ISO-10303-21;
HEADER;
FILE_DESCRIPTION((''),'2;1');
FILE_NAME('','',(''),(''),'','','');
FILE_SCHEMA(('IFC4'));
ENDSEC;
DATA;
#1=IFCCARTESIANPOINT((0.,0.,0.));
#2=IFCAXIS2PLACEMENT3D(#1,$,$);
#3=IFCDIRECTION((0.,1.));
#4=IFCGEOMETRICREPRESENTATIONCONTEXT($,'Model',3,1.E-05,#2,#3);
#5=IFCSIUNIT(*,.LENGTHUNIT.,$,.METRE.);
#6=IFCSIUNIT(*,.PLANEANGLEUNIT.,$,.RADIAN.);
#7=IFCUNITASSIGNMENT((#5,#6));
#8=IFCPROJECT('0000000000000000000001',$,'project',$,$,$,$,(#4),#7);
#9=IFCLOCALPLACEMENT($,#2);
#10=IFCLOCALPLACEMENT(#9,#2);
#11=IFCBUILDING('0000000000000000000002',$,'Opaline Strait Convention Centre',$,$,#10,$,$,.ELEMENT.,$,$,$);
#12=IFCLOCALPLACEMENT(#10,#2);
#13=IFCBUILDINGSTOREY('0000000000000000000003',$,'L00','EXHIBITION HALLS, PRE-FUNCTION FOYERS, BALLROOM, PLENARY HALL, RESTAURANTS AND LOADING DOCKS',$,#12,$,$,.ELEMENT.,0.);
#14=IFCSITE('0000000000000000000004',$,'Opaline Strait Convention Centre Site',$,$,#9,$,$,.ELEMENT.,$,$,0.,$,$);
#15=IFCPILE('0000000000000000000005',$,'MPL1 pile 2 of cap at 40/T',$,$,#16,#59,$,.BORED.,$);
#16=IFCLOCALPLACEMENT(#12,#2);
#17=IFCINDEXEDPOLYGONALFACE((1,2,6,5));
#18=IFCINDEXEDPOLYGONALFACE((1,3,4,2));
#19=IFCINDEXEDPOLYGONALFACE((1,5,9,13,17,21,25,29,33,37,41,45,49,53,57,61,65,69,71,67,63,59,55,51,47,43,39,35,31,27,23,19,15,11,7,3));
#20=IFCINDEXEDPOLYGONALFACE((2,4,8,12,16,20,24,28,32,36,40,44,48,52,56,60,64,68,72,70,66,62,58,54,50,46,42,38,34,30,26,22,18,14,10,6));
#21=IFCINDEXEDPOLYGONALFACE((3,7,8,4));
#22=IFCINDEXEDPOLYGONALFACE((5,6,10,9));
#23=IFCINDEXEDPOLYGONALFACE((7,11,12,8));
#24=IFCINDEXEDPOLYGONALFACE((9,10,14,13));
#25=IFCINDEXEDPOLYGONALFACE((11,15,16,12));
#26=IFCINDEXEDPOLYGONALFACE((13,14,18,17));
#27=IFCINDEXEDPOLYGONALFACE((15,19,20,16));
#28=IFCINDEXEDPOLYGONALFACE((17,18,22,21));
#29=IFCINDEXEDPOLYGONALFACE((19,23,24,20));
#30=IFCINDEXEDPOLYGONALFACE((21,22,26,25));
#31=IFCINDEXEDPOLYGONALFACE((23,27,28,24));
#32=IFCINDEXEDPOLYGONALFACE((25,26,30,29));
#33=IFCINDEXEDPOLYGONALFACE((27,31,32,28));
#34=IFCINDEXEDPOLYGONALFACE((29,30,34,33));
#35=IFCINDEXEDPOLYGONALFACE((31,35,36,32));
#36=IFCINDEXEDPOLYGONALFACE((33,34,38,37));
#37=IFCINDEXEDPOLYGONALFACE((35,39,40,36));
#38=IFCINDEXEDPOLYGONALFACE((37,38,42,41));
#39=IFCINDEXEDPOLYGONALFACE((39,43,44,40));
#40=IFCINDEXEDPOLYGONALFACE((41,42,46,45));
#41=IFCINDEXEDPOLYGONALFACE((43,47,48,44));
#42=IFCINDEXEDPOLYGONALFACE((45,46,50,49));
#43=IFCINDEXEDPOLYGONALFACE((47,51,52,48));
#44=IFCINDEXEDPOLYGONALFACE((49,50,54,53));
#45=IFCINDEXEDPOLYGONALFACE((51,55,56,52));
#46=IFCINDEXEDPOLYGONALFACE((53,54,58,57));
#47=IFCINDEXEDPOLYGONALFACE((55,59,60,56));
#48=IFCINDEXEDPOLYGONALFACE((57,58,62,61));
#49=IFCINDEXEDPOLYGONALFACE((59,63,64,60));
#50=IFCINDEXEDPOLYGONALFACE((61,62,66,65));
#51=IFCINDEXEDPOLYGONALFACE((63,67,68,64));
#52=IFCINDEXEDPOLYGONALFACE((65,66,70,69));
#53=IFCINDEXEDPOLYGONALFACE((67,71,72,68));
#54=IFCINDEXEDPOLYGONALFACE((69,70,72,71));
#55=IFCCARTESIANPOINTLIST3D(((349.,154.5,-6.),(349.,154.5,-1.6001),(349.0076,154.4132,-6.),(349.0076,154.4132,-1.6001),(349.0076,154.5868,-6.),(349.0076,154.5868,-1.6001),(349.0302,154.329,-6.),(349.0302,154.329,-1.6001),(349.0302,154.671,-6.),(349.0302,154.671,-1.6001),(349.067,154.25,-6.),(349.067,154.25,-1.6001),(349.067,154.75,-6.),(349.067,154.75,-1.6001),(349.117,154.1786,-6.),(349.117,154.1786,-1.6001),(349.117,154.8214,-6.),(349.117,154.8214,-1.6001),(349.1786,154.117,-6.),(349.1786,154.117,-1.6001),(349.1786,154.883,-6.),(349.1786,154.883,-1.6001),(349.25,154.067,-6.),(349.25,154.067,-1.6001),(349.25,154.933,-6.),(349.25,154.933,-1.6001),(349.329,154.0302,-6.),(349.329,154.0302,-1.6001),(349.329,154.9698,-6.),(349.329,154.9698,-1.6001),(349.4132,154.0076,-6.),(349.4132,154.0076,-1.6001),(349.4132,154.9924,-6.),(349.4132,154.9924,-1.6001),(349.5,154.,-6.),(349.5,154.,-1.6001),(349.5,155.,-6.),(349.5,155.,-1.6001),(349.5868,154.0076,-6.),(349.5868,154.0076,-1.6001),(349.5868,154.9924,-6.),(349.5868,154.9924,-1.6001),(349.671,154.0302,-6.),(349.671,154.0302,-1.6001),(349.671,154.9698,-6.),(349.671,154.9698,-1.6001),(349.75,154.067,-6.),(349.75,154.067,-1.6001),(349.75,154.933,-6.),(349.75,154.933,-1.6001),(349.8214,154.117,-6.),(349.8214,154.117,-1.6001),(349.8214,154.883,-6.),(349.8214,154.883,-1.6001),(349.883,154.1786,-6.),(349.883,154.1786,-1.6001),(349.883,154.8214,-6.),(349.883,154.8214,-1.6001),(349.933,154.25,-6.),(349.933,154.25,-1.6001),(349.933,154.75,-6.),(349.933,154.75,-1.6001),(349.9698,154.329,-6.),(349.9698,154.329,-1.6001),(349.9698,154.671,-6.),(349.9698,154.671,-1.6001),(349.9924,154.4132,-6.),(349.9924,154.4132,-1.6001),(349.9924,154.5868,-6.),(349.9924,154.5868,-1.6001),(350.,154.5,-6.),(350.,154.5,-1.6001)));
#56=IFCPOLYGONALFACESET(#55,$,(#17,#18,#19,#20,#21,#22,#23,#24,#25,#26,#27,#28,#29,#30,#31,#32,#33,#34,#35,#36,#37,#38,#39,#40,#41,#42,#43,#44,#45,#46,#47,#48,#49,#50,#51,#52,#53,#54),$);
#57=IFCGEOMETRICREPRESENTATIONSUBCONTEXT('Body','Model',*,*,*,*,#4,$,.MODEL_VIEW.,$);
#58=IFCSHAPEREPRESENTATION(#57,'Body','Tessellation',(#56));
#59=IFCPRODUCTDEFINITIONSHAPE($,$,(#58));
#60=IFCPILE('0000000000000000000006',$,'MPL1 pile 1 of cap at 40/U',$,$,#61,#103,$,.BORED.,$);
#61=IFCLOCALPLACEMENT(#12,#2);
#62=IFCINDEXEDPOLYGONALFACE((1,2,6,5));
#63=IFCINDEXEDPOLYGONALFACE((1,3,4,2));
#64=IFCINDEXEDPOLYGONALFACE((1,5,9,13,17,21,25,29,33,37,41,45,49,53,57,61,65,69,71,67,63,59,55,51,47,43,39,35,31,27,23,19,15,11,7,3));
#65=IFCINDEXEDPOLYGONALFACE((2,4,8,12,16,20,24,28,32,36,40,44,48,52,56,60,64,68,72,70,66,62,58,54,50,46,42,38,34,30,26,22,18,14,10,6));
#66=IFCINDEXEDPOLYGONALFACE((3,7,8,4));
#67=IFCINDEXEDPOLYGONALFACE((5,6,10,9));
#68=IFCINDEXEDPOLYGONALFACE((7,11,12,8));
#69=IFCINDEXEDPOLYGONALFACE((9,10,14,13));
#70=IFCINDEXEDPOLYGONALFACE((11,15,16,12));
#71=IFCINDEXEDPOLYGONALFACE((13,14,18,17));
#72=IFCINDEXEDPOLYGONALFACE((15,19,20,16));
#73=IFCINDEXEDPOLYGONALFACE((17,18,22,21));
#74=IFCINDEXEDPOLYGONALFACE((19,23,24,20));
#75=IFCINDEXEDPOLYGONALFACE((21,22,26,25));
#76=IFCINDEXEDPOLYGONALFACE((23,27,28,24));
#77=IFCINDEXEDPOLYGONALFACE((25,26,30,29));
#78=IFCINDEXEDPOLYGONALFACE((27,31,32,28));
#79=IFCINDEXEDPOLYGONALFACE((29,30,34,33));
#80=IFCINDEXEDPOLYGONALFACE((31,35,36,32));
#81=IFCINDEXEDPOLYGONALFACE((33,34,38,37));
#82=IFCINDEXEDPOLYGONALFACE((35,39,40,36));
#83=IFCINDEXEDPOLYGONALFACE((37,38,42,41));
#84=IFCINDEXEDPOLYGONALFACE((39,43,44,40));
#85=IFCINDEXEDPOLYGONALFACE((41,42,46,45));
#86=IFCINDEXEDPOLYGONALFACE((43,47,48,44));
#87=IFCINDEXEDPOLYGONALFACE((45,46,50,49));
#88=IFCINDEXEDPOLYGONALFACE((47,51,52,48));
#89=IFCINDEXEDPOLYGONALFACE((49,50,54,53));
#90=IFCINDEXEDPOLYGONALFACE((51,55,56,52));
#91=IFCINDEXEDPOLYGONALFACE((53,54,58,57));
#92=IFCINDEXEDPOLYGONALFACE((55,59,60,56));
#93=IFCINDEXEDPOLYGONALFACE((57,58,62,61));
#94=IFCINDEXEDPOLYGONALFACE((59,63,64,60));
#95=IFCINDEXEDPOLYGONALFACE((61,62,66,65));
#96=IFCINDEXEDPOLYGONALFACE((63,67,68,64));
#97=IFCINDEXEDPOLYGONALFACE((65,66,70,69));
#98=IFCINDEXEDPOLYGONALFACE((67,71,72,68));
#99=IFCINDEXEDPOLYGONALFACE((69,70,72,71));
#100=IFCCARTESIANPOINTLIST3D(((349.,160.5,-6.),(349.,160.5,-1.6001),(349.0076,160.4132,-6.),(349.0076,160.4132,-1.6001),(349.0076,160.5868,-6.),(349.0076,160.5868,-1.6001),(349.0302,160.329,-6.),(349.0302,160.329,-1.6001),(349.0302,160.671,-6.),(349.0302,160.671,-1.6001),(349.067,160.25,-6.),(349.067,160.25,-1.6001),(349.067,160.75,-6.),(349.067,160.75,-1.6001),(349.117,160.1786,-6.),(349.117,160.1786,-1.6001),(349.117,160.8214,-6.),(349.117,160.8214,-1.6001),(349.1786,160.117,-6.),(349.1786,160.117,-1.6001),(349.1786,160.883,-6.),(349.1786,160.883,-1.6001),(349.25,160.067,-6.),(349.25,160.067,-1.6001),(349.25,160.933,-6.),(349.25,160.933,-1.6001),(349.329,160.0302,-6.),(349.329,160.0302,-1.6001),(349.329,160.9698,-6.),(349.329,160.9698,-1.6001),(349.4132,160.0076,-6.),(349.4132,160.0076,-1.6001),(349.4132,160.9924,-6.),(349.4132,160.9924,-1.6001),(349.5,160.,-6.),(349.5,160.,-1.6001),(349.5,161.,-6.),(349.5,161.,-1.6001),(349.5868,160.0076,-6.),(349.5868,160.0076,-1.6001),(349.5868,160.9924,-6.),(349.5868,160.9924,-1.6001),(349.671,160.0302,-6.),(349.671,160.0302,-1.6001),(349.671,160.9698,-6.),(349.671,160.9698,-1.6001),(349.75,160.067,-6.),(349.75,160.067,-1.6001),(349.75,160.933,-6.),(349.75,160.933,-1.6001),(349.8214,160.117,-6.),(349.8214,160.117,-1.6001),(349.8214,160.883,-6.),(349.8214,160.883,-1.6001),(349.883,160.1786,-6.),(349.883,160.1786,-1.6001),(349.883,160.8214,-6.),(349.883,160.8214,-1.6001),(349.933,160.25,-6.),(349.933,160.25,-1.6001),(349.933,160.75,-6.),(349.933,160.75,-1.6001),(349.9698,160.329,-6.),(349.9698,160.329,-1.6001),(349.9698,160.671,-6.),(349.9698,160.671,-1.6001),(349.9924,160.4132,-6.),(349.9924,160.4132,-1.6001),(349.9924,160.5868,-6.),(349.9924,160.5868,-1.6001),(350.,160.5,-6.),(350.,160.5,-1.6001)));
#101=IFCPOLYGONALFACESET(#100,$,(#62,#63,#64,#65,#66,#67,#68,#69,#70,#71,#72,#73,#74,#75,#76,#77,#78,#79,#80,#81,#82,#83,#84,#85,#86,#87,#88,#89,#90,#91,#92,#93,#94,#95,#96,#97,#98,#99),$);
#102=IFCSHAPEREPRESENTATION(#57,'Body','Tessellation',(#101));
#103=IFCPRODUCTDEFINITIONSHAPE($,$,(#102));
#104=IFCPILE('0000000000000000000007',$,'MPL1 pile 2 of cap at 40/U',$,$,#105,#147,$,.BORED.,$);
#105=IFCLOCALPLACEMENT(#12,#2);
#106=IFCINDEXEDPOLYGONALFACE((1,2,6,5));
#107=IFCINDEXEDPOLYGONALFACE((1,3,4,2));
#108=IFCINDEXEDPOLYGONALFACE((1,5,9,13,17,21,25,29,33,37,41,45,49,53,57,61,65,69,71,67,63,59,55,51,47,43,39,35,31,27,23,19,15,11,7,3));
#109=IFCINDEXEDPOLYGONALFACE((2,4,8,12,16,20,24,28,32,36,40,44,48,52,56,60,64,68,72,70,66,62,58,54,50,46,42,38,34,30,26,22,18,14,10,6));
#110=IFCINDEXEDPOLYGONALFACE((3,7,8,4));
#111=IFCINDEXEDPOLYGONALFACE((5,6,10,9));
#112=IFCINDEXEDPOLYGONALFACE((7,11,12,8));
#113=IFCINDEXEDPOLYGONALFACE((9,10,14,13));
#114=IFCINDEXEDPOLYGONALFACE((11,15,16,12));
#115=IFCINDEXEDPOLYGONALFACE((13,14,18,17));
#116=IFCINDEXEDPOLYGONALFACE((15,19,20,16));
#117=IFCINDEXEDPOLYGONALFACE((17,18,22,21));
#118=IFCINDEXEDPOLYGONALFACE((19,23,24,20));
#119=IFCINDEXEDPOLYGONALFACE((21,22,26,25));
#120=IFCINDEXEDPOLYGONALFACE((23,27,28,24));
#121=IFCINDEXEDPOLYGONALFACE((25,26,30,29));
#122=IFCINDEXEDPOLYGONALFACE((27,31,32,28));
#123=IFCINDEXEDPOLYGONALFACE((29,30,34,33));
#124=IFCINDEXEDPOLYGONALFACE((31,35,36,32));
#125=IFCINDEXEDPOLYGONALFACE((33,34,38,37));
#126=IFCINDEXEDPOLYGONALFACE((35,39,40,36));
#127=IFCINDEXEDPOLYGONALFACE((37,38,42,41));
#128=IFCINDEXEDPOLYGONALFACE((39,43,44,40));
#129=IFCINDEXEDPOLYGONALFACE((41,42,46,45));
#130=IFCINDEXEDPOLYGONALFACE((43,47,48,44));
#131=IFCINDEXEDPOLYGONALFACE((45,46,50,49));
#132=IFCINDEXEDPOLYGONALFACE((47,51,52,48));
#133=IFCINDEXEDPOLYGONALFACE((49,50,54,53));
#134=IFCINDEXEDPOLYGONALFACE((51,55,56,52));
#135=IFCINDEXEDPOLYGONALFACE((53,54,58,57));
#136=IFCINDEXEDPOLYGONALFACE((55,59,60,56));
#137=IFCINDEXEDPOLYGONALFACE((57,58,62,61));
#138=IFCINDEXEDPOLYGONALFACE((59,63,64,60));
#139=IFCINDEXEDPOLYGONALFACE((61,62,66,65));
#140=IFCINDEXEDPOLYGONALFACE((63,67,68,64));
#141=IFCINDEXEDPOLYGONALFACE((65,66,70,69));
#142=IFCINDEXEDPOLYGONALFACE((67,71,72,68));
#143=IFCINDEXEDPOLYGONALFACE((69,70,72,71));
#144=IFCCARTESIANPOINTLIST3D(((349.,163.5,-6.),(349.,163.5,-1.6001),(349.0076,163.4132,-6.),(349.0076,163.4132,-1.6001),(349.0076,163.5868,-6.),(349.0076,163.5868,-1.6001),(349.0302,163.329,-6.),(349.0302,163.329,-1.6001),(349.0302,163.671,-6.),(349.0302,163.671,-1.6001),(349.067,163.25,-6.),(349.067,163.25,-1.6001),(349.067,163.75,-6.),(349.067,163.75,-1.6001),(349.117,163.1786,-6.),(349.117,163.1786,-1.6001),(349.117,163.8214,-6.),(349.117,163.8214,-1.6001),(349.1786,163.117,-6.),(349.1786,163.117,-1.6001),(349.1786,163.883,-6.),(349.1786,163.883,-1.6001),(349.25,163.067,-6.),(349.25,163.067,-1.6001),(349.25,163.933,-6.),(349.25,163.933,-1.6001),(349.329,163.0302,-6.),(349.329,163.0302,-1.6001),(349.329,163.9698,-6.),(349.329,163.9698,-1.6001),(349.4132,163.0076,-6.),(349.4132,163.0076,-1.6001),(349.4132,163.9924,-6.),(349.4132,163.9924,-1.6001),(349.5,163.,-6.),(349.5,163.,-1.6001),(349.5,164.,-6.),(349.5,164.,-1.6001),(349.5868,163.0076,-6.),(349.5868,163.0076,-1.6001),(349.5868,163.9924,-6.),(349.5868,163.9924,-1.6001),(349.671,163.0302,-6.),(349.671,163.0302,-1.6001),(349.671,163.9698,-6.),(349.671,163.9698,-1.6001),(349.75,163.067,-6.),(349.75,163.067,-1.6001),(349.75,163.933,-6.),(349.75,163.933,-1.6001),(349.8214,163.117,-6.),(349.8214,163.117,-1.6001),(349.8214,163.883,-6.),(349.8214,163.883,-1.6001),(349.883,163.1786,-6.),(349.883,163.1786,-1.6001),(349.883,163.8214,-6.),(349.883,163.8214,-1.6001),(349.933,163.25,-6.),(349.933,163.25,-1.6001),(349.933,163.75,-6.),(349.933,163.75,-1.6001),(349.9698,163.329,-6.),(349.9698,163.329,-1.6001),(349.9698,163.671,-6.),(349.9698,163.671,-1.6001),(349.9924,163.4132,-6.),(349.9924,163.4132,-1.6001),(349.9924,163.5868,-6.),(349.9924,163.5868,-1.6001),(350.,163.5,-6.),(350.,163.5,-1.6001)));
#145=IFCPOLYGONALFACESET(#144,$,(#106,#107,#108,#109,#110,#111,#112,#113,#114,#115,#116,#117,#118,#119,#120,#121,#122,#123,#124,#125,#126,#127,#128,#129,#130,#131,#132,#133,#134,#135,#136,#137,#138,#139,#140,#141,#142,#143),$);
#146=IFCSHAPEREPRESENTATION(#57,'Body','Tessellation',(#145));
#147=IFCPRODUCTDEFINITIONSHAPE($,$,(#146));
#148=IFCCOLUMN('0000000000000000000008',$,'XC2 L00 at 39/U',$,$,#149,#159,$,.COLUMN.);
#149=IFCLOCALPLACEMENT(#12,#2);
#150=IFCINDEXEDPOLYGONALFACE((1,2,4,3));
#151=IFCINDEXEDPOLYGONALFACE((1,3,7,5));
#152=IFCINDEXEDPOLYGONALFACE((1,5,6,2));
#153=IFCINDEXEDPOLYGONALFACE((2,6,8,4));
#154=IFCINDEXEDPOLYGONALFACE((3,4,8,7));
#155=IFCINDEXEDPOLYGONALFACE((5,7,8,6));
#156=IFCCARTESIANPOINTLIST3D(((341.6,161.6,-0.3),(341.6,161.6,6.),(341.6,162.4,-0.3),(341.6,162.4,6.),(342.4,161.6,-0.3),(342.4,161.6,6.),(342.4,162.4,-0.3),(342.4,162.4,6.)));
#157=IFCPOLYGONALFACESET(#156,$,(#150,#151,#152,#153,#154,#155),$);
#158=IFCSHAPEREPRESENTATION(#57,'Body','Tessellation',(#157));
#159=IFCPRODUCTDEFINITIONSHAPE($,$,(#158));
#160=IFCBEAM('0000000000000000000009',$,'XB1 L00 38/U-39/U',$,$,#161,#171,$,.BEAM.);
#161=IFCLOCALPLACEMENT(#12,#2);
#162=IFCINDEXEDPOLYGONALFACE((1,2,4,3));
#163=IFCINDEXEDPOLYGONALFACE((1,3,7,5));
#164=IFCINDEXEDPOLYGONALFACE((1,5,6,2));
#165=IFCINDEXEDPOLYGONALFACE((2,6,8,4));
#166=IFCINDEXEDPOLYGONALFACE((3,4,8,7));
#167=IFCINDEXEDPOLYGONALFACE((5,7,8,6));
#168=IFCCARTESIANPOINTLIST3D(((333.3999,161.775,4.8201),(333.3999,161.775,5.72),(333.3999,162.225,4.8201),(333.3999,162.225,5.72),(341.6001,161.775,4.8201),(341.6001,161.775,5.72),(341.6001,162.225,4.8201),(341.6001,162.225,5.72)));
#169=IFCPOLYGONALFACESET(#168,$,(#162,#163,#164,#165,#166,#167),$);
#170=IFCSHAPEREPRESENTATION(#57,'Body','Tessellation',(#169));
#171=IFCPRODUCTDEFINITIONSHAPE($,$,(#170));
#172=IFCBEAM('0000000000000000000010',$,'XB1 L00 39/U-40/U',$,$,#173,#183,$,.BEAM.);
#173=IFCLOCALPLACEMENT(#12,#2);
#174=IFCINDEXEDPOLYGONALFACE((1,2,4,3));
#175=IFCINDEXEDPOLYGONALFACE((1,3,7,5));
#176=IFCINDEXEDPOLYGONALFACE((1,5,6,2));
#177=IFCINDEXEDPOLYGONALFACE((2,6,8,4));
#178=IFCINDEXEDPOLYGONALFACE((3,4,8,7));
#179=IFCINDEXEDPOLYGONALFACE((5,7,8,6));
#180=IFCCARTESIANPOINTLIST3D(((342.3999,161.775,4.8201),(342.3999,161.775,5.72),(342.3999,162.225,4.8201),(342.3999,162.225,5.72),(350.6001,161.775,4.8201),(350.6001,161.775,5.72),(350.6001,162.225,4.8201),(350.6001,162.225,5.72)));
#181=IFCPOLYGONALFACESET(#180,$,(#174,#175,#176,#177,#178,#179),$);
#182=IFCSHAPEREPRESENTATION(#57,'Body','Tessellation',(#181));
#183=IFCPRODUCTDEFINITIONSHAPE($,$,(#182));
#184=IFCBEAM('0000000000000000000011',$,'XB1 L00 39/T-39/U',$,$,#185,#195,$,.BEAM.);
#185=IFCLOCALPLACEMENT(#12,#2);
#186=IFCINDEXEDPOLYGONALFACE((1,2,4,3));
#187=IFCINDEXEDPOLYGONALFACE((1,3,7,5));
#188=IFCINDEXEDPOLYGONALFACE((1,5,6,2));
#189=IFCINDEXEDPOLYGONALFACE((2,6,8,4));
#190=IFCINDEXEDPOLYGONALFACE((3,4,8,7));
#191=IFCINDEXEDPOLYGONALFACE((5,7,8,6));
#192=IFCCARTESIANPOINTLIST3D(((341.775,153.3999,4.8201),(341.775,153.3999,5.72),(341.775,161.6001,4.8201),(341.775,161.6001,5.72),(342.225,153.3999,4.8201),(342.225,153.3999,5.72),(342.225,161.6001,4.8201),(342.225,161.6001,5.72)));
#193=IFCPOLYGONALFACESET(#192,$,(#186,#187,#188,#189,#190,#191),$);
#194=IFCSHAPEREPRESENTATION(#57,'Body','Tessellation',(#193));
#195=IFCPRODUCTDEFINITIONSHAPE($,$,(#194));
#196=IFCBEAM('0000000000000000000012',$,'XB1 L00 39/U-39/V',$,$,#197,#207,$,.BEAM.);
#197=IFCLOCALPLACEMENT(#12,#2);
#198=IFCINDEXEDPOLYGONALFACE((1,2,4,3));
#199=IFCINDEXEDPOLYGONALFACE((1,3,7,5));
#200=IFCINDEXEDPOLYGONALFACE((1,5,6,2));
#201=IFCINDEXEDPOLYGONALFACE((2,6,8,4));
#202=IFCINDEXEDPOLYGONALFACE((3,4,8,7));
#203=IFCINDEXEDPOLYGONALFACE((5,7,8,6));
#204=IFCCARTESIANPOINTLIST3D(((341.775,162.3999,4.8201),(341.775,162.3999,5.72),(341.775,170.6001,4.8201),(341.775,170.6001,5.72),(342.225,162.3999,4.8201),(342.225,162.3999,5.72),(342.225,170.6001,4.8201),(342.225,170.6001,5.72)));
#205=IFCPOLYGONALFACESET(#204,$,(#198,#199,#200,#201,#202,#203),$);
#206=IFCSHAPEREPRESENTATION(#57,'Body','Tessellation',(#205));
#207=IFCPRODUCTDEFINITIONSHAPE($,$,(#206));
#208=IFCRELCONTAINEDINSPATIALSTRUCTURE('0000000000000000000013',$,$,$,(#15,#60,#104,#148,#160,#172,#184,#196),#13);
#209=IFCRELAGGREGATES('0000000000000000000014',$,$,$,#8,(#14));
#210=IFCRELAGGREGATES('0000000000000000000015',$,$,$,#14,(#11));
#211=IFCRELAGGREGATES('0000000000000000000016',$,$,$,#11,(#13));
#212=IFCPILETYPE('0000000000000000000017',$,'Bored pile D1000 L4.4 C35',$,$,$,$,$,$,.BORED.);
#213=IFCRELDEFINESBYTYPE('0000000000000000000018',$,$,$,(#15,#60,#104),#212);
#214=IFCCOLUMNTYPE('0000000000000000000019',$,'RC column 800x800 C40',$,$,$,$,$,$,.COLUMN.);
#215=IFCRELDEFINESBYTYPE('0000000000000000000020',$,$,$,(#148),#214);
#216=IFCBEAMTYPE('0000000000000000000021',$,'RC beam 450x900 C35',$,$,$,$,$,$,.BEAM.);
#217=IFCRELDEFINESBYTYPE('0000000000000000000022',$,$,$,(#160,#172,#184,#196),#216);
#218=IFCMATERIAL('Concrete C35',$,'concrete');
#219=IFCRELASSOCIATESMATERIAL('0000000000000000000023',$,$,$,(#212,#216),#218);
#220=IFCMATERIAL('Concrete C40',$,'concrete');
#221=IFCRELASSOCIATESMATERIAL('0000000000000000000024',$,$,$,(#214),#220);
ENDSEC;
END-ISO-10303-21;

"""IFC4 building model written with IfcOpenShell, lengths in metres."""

from ifc_helpers import new_model, si_unit, direction, frame, origin, origin_2d, place, context, subcontext, project, spatial, rectangle, circle, extrude, material, material_profile, profile_set, type_object, element, save


model = new_model("IFC4")

# Units and contexts
model_context = context("Model", 3, precision=1e-05, world=origin(), true_north=direction((0.0, 1.0)))
body_context = subcontext(model_context, "Body", "Model", "MODEL_VIEW")
ifc_project = project(units=[si_unit("LENGTHUNIT", "METRE"), si_unit("PLANEANGLEUNIT", "RADIAN")], contexts=[model_context])

# Site, building, storey
site_placement = place(None, origin())
site = spatial("IfcSite", under=ifc_project, at=site_placement, Name="Opaline Strait Convention Centre Site", CompositionType="ELEMENT", RefElevation=0.0)
building_placement = place(site_placement, origin())
building = spatial("IfcBuilding", under=site, at=building_placement, Name="Opaline Strait Convention Centre", CompositionType="ELEMENT")
storey_placement = place(building_placement, origin())
storey = spatial("IfcBuildingStorey", under=building, at=storey_placement, Name="L00", Description="EXHIBITION HALLS, PRE-FUNCTION FOYERS, BALLROOM, PLENARY HALL, RESTAURANTS AND LOADING DOCKS", CompositionType="ELEMENT", Elevation=0.0)

# Piles
ifc_material_1 = material(Name="Concrete C35", Category="concrete")
ifc_material_profile_1 = material_profile(ifc_material_1, circle(Radius=0.5, at=origin_2d()), Name="D1000")
ifc_profile_set_1 = profile_set([ifc_material_profile_1], Name="Concrete C35")
pile_type = type_object("IfcPileType", Name="Bored pile D1000 L4.4 C35", PredefinedType="BORED", material=ifc_profile_set_1)
for number, where, z_axis, x_axis, name in (
    (1, (349.5, 154.5, -1.6001), (0.0, 0.0, -1.0), (1.0, 0.0, 0.0), "MPL1 pile 2 of cap at 40/T"),
    (2, (349.5, 160.5, -1.6001), (0.0, 0.0, -1.0), (1.0, 0.0, 0.0), "MPL1 pile 1 of cap at 40/U"),
    (3, (349.5, 163.5, -1.6001), (0.0, 0.0, -1.0), (1.0, 0.0, 0.0), "MPL1 pile 2 of cap at 40/U"),
):
    element("IfcPile", number, at=place(storey_placement, frame(where, z_axis=z_axis, x_axis=x_axis)), inside=storey, type_object=pile_type, Name=name, PredefinedType="BORED", context=body_context, shape_type="SweptSolid", body=[
        extrude(circle(Radius=0.5, at=origin_2d()), origin(), (0.0, 0.0, 1.0), 4.3999),
    ])

# Column
ifc_material_2 = material(Name="Concrete C40", Category="concrete")
ifc_material_profile_2 = material_profile(ifc_material_2, rectangle(XDim=0.8, YDim=0.8, at=origin_2d()), Name="RC 800x800")
ifc_profile_set_2 = profile_set([ifc_material_profile_2], Name="Concrete C40")
column_type = type_object("IfcColumnType", Name="RC column 800x800 C40", PredefinedType="COLUMN", material=ifc_profile_set_2)
column_placement = place(storey_placement, frame((342.0, 162.0, -0.3), z_axis=(0.0, 0.0, 1.0), x_axis=(1.0, 0.0, 0.0)))
element("IfcColumn", 4, at=column_placement, inside=storey, type_object=column_type, Name="XC2 L00 at 39/U", PredefinedType="COLUMN", context=body_context, shape_type="SweptSolid", body=[
    extrude(rectangle(XDim=0.8, YDim=0.8, at=origin_2d()), origin(), (0.0, 0.0, 1.0), 6.3),
])

# Beams
ifc_material_profile_3 = material_profile(ifc_material_1, rectangle(XDim=0.45, YDim=0.8999, at=origin_2d()), Name="RC 450x900")
ifc_profile_set_3 = profile_set([ifc_material_profile_3], Name="Concrete C35")
beam_type = type_object("IfcBeamType", Name="RC beam 450x900 C35", PredefinedType="BEAM", material=ifc_profile_set_3)
for number, where, z_axis, x_axis, name in (
    (5, (333.3999, 162.0, 5.27), (1.0, 0.0, 0.0), (0.0, 1.0, 0.0), "XB1 L00 38/U-39/U"),
    (6, (342.3999, 162.0, 5.27), (1.0, 0.0, 0.0), (0.0, 1.0, 0.0), "XB1 L00 39/U-40/U"),
    (7, (342.0, 153.3999, 5.27), (0.0, 1.0, 0.0), (-1.0, 0.0, 0.0), "XB1 L00 39/T-39/U"),
    (8, (342.0, 162.3999, 5.27), (0.0, 1.0, 0.0), (-1.0, 0.0, 0.0), "XB1 L00 39/U-39/V"),
):
    element("IfcBeam", number, at=place(storey_placement, frame(where, z_axis=z_axis, x_axis=x_axis)), inside=storey, type_object=beam_type, Name=name, PredefinedType="BEAM", context=body_context, shape_type="SweptSolid", body=[
        extrude(rectangle(XDim=0.45, YDim=0.8999, at=origin_2d()), origin(), (0.0, 0.0, 1.0), 8.2002),
    ])

save(model, "model.ifc")
